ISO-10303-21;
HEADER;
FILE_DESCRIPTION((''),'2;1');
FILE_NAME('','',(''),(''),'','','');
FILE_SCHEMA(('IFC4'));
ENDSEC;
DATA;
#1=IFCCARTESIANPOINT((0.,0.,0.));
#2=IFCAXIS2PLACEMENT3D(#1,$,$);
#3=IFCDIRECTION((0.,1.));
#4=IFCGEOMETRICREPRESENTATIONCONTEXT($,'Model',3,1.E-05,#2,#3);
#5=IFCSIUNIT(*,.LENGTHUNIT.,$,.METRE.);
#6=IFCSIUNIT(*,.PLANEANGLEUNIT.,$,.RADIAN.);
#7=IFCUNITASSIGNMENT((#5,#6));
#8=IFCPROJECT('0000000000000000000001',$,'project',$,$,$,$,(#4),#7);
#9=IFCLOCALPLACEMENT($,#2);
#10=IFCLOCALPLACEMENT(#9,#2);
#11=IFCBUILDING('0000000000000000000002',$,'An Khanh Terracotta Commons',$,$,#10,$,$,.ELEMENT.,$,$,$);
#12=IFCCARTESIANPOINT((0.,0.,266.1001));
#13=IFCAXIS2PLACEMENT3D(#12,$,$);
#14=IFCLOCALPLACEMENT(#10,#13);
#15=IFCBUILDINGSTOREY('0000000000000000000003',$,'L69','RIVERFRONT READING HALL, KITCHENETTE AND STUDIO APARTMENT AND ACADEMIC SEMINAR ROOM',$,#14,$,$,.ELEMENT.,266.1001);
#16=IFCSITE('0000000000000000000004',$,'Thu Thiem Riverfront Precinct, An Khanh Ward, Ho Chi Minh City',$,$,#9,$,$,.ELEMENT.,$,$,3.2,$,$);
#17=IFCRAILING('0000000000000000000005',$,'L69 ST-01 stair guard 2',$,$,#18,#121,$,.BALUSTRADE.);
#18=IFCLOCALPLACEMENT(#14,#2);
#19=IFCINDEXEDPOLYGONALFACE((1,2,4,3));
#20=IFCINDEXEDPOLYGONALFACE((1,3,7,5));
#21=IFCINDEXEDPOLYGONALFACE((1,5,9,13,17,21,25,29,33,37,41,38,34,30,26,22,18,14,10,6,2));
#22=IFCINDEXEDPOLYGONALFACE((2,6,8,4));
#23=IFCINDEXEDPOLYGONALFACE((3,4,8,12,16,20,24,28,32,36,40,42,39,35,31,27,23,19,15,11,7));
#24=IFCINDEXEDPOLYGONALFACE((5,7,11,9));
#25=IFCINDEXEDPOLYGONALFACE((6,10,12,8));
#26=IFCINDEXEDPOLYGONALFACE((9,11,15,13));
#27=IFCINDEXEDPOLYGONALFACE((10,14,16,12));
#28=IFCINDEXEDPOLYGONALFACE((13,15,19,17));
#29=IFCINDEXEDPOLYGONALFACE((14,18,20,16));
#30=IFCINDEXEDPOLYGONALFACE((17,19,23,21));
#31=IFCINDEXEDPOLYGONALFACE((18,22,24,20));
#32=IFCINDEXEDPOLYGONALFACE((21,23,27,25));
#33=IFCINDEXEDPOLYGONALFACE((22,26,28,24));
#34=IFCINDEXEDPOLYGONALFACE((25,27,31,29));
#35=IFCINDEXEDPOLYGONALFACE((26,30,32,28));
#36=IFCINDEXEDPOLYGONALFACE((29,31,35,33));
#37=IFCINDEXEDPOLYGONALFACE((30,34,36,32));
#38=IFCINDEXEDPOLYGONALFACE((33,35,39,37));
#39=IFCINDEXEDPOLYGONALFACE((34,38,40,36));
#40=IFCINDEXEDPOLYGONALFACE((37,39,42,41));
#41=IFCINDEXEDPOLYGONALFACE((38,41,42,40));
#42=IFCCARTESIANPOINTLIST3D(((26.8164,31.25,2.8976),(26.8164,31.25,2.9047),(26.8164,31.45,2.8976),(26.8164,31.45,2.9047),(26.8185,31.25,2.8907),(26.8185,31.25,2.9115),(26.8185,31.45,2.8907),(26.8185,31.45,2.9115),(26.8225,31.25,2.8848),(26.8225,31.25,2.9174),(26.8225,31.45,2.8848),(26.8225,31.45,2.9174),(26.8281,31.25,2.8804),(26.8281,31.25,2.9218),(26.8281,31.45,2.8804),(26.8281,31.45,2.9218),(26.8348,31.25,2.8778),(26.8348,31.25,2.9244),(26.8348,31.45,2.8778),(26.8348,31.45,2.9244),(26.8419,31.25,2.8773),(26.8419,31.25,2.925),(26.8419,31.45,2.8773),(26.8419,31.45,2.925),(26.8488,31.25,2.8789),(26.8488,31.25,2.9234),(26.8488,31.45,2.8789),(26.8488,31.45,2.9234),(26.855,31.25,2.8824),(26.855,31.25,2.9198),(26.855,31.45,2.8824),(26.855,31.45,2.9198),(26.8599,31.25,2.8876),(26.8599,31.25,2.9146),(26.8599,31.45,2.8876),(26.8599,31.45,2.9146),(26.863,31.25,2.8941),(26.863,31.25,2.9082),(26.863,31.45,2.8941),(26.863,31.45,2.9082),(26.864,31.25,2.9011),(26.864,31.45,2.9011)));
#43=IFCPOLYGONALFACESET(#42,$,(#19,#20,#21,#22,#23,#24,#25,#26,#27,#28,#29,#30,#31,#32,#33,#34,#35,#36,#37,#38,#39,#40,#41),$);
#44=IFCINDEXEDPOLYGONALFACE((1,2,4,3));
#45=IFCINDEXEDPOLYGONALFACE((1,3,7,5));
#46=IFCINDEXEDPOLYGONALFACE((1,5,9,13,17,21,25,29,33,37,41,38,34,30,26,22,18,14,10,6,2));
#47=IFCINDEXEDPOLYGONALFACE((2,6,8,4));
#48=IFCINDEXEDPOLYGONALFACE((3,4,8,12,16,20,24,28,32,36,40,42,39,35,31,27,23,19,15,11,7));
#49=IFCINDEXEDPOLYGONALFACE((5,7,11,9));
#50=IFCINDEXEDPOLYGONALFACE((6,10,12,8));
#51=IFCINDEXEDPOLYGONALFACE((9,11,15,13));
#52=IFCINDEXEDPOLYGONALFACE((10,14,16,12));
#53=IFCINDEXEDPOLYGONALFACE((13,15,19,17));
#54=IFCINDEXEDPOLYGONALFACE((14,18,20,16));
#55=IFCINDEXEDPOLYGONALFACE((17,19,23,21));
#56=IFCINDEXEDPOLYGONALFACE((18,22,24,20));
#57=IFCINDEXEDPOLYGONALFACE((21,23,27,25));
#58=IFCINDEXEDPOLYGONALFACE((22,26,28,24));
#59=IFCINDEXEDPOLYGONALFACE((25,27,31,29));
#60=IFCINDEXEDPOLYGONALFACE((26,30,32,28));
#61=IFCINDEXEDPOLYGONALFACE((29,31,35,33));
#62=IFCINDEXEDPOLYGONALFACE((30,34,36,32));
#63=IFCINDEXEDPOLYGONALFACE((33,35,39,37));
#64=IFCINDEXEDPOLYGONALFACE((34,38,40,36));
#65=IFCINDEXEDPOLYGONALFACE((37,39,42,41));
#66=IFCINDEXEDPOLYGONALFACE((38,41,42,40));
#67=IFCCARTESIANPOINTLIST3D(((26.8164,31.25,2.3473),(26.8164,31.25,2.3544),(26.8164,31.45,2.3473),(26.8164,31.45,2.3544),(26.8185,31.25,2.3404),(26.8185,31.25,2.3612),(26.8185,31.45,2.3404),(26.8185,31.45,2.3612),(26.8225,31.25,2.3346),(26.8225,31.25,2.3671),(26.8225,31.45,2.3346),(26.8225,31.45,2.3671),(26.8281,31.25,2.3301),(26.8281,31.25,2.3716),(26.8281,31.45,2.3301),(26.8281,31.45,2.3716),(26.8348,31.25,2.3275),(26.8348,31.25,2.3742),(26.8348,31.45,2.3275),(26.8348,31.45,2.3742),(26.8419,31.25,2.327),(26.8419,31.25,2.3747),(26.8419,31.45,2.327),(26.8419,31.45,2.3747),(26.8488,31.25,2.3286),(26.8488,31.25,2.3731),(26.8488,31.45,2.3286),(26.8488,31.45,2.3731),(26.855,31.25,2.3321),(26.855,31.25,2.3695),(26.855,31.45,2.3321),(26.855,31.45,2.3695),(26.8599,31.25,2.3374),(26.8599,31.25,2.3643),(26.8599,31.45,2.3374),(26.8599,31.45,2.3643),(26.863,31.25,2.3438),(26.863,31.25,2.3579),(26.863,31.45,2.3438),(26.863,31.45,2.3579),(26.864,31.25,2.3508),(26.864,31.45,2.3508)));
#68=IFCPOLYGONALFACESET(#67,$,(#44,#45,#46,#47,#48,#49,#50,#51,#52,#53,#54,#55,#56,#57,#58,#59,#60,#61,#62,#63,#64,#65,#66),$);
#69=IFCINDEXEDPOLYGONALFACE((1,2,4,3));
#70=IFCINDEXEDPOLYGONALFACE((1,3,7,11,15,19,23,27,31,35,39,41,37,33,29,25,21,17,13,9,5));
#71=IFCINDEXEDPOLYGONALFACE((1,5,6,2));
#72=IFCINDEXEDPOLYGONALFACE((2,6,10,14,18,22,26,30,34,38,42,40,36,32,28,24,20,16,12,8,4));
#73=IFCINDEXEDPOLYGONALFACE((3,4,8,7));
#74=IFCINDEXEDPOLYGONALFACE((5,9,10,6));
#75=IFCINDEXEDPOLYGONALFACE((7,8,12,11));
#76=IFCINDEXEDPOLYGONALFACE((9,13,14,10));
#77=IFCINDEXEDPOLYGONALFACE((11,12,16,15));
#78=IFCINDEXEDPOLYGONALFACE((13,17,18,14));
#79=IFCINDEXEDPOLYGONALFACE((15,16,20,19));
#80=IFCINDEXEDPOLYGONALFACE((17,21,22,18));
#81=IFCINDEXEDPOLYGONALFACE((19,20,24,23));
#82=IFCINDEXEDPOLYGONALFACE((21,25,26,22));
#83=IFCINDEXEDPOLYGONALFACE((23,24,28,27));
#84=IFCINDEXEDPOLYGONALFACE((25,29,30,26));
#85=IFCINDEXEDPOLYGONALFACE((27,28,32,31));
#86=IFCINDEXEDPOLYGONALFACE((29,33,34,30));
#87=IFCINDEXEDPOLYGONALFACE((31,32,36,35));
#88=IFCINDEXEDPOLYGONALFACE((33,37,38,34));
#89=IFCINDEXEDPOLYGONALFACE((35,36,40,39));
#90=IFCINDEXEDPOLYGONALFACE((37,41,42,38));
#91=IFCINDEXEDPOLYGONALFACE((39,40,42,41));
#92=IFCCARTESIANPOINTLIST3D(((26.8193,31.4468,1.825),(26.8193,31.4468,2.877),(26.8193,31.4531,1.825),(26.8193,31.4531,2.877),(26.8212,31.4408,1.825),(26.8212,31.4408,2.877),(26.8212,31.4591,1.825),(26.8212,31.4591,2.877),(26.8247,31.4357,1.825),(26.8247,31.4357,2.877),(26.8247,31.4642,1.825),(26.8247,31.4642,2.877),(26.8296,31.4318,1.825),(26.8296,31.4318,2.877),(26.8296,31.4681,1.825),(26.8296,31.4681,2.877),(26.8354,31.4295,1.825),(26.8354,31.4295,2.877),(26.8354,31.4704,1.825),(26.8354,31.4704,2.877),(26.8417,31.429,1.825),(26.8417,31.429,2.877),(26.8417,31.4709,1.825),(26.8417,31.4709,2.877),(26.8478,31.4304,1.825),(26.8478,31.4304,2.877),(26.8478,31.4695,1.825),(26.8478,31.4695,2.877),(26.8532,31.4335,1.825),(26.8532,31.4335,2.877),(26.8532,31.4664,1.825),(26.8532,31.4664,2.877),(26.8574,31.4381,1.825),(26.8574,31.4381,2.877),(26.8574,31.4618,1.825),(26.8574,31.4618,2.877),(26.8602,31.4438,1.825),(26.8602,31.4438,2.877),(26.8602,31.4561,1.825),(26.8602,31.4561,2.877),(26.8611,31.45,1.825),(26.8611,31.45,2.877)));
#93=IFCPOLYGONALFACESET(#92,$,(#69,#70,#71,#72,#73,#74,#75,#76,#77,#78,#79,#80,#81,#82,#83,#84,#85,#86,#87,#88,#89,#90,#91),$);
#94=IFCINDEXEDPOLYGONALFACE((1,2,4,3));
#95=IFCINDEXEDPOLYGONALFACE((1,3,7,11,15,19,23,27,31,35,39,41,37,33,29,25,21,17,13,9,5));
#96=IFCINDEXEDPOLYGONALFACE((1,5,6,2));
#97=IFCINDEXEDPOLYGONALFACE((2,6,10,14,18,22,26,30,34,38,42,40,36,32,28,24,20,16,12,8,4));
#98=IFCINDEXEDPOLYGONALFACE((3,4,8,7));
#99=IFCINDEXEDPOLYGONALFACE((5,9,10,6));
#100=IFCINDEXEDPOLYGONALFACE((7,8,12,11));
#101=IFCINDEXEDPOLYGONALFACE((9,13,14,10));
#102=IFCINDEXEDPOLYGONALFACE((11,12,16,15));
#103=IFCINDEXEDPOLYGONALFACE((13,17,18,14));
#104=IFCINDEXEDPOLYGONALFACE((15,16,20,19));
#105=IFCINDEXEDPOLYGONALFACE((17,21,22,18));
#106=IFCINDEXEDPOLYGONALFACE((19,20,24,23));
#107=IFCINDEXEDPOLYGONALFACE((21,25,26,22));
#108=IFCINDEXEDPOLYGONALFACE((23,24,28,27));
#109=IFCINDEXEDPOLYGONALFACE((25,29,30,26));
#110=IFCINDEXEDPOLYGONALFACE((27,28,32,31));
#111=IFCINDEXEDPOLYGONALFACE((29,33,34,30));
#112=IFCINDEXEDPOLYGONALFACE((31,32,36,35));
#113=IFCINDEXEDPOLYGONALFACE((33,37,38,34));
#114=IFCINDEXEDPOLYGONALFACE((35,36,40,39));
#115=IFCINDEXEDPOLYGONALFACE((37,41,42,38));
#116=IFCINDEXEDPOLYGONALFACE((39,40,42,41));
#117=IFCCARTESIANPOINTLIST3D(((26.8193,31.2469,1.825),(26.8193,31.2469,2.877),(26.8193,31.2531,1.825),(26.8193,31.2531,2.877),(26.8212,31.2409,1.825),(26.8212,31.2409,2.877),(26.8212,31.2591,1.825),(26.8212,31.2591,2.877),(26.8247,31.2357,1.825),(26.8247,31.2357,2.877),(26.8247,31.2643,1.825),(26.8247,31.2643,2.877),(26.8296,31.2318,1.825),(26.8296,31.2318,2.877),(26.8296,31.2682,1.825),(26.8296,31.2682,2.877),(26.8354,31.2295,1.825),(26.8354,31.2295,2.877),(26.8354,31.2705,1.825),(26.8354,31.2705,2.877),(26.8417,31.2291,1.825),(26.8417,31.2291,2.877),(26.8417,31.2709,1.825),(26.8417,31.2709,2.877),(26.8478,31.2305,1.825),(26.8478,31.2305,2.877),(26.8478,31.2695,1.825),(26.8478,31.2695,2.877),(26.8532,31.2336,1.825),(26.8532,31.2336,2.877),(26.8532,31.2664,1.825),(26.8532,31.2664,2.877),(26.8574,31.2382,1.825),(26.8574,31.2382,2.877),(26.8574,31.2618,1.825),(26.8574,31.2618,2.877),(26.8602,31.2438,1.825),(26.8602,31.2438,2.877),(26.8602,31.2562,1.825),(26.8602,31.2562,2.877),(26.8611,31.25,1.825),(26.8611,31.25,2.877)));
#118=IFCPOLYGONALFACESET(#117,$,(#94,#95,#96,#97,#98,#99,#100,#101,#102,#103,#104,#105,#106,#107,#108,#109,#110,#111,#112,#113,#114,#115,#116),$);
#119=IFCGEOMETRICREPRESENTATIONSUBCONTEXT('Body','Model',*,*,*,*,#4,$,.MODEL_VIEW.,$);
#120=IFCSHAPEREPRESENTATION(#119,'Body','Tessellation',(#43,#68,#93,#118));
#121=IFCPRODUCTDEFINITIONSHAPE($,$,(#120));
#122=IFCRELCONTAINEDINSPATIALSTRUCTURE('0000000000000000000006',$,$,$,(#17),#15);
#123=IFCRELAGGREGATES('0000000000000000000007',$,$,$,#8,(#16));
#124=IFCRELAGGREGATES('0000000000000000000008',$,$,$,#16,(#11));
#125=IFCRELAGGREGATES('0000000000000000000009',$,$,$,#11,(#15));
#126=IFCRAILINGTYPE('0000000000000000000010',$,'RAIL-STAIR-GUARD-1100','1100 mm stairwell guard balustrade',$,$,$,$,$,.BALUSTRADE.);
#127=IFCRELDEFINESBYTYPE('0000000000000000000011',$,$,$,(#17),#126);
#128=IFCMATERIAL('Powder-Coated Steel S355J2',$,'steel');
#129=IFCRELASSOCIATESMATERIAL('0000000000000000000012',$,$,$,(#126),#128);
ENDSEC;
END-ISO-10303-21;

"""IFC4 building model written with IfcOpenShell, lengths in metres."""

from ifc_helpers import new_model, si_unit, direction, frame, origin, origin_2d, place, context, subcontext, project, spatial, circle, extrude, material, type_object, element, save


model = new_model("IFC4")

# Units and contexts
model_context = context("Model", 3, precision=1e-05, world=origin(), true_north=direction((0.0, 1.0)))
body_context = subcontext(model_context, "Body", "Model", "MODEL_VIEW")
ifc_project = project(units=[si_unit("LENGTHUNIT", "METRE"), si_unit("PLANEANGLEUNIT", "RADIAN")], contexts=[model_context])

# Site, building, storey
site_placement = place(None, origin())
site = spatial("IfcSite", under=ifc_project, at=site_placement, Name="Thu Thiem Riverfront Precinct, An Khanh Ward, Ho Chi Minh City", CompositionType="ELEMENT", RefElevation=3.2)
building_placement = place(site_placement, origin())
building = spatial("IfcBuilding", under=site, at=building_placement, Name="An Khanh Terracotta Commons", CompositionType="ELEMENT")
storey_placement = place(building_placement, frame((0.0, 0.0, 266.1001)))
storey = spatial("IfcBuildingStorey", under=building, at=storey_placement, Name="L69", Description="RIVERFRONT READING HALL, KITCHENETTE AND STUDIO APARTMENT AND ACADEMIC SEMINAR ROOM", CompositionType="ELEMENT", Elevation=266.1001)

# Railing
ifc_material_1 = material(Name="Powder-Coated Steel S355J2", Category="steel")
railing_type_1 = type_object("IfcRailingType", Name="RAIL-STAIR-GUARD-1100", Description="1100 mm stairwell guard balustrade", PredefinedType="BALUSTRADE", material=ifc_material_1)
railing_1_placement = place(storey_placement, frame((26.8401, 31.45, 1.825)))
element("IfcRailing", 1, at=railing_1_placement, inside=storey, type_object=railing_type_1, Name="L69 ST-01 stair guard 2", PredefinedType="BALUSTRADE", context=body_context, shape_type="SweptSolid", body=[
    extrude(circle(Radius=0.0239, at=origin_2d()), frame((0.0, 0.0, 1.0762), z_axis=(0.0, -1.0, 0.0), x_axis=(1.0, 0.0, 0.0)), (0.0, 0.0, 1.0), 0.2),
    extrude(circle(Radius=0.0239, at=origin_2d()), frame((0.0, 0.0, 0.5259), z_axis=(0.0, -1.0, 0.0), x_axis=(1.0, 0.0, 0.0)), (0.0, 0.0, 1.0), 0.2),
    extrude(circle(Radius=0.021, at=origin_2d()), origin(), (0.0, 0.0, 1.0), 1.052),
    extrude(circle(Radius=0.021, at=origin_2d()), frame((0.0, -0.2, 0.0)), (0.0, 0.0, 1.0), 1.052),
])

save(model, "model.ifc")
